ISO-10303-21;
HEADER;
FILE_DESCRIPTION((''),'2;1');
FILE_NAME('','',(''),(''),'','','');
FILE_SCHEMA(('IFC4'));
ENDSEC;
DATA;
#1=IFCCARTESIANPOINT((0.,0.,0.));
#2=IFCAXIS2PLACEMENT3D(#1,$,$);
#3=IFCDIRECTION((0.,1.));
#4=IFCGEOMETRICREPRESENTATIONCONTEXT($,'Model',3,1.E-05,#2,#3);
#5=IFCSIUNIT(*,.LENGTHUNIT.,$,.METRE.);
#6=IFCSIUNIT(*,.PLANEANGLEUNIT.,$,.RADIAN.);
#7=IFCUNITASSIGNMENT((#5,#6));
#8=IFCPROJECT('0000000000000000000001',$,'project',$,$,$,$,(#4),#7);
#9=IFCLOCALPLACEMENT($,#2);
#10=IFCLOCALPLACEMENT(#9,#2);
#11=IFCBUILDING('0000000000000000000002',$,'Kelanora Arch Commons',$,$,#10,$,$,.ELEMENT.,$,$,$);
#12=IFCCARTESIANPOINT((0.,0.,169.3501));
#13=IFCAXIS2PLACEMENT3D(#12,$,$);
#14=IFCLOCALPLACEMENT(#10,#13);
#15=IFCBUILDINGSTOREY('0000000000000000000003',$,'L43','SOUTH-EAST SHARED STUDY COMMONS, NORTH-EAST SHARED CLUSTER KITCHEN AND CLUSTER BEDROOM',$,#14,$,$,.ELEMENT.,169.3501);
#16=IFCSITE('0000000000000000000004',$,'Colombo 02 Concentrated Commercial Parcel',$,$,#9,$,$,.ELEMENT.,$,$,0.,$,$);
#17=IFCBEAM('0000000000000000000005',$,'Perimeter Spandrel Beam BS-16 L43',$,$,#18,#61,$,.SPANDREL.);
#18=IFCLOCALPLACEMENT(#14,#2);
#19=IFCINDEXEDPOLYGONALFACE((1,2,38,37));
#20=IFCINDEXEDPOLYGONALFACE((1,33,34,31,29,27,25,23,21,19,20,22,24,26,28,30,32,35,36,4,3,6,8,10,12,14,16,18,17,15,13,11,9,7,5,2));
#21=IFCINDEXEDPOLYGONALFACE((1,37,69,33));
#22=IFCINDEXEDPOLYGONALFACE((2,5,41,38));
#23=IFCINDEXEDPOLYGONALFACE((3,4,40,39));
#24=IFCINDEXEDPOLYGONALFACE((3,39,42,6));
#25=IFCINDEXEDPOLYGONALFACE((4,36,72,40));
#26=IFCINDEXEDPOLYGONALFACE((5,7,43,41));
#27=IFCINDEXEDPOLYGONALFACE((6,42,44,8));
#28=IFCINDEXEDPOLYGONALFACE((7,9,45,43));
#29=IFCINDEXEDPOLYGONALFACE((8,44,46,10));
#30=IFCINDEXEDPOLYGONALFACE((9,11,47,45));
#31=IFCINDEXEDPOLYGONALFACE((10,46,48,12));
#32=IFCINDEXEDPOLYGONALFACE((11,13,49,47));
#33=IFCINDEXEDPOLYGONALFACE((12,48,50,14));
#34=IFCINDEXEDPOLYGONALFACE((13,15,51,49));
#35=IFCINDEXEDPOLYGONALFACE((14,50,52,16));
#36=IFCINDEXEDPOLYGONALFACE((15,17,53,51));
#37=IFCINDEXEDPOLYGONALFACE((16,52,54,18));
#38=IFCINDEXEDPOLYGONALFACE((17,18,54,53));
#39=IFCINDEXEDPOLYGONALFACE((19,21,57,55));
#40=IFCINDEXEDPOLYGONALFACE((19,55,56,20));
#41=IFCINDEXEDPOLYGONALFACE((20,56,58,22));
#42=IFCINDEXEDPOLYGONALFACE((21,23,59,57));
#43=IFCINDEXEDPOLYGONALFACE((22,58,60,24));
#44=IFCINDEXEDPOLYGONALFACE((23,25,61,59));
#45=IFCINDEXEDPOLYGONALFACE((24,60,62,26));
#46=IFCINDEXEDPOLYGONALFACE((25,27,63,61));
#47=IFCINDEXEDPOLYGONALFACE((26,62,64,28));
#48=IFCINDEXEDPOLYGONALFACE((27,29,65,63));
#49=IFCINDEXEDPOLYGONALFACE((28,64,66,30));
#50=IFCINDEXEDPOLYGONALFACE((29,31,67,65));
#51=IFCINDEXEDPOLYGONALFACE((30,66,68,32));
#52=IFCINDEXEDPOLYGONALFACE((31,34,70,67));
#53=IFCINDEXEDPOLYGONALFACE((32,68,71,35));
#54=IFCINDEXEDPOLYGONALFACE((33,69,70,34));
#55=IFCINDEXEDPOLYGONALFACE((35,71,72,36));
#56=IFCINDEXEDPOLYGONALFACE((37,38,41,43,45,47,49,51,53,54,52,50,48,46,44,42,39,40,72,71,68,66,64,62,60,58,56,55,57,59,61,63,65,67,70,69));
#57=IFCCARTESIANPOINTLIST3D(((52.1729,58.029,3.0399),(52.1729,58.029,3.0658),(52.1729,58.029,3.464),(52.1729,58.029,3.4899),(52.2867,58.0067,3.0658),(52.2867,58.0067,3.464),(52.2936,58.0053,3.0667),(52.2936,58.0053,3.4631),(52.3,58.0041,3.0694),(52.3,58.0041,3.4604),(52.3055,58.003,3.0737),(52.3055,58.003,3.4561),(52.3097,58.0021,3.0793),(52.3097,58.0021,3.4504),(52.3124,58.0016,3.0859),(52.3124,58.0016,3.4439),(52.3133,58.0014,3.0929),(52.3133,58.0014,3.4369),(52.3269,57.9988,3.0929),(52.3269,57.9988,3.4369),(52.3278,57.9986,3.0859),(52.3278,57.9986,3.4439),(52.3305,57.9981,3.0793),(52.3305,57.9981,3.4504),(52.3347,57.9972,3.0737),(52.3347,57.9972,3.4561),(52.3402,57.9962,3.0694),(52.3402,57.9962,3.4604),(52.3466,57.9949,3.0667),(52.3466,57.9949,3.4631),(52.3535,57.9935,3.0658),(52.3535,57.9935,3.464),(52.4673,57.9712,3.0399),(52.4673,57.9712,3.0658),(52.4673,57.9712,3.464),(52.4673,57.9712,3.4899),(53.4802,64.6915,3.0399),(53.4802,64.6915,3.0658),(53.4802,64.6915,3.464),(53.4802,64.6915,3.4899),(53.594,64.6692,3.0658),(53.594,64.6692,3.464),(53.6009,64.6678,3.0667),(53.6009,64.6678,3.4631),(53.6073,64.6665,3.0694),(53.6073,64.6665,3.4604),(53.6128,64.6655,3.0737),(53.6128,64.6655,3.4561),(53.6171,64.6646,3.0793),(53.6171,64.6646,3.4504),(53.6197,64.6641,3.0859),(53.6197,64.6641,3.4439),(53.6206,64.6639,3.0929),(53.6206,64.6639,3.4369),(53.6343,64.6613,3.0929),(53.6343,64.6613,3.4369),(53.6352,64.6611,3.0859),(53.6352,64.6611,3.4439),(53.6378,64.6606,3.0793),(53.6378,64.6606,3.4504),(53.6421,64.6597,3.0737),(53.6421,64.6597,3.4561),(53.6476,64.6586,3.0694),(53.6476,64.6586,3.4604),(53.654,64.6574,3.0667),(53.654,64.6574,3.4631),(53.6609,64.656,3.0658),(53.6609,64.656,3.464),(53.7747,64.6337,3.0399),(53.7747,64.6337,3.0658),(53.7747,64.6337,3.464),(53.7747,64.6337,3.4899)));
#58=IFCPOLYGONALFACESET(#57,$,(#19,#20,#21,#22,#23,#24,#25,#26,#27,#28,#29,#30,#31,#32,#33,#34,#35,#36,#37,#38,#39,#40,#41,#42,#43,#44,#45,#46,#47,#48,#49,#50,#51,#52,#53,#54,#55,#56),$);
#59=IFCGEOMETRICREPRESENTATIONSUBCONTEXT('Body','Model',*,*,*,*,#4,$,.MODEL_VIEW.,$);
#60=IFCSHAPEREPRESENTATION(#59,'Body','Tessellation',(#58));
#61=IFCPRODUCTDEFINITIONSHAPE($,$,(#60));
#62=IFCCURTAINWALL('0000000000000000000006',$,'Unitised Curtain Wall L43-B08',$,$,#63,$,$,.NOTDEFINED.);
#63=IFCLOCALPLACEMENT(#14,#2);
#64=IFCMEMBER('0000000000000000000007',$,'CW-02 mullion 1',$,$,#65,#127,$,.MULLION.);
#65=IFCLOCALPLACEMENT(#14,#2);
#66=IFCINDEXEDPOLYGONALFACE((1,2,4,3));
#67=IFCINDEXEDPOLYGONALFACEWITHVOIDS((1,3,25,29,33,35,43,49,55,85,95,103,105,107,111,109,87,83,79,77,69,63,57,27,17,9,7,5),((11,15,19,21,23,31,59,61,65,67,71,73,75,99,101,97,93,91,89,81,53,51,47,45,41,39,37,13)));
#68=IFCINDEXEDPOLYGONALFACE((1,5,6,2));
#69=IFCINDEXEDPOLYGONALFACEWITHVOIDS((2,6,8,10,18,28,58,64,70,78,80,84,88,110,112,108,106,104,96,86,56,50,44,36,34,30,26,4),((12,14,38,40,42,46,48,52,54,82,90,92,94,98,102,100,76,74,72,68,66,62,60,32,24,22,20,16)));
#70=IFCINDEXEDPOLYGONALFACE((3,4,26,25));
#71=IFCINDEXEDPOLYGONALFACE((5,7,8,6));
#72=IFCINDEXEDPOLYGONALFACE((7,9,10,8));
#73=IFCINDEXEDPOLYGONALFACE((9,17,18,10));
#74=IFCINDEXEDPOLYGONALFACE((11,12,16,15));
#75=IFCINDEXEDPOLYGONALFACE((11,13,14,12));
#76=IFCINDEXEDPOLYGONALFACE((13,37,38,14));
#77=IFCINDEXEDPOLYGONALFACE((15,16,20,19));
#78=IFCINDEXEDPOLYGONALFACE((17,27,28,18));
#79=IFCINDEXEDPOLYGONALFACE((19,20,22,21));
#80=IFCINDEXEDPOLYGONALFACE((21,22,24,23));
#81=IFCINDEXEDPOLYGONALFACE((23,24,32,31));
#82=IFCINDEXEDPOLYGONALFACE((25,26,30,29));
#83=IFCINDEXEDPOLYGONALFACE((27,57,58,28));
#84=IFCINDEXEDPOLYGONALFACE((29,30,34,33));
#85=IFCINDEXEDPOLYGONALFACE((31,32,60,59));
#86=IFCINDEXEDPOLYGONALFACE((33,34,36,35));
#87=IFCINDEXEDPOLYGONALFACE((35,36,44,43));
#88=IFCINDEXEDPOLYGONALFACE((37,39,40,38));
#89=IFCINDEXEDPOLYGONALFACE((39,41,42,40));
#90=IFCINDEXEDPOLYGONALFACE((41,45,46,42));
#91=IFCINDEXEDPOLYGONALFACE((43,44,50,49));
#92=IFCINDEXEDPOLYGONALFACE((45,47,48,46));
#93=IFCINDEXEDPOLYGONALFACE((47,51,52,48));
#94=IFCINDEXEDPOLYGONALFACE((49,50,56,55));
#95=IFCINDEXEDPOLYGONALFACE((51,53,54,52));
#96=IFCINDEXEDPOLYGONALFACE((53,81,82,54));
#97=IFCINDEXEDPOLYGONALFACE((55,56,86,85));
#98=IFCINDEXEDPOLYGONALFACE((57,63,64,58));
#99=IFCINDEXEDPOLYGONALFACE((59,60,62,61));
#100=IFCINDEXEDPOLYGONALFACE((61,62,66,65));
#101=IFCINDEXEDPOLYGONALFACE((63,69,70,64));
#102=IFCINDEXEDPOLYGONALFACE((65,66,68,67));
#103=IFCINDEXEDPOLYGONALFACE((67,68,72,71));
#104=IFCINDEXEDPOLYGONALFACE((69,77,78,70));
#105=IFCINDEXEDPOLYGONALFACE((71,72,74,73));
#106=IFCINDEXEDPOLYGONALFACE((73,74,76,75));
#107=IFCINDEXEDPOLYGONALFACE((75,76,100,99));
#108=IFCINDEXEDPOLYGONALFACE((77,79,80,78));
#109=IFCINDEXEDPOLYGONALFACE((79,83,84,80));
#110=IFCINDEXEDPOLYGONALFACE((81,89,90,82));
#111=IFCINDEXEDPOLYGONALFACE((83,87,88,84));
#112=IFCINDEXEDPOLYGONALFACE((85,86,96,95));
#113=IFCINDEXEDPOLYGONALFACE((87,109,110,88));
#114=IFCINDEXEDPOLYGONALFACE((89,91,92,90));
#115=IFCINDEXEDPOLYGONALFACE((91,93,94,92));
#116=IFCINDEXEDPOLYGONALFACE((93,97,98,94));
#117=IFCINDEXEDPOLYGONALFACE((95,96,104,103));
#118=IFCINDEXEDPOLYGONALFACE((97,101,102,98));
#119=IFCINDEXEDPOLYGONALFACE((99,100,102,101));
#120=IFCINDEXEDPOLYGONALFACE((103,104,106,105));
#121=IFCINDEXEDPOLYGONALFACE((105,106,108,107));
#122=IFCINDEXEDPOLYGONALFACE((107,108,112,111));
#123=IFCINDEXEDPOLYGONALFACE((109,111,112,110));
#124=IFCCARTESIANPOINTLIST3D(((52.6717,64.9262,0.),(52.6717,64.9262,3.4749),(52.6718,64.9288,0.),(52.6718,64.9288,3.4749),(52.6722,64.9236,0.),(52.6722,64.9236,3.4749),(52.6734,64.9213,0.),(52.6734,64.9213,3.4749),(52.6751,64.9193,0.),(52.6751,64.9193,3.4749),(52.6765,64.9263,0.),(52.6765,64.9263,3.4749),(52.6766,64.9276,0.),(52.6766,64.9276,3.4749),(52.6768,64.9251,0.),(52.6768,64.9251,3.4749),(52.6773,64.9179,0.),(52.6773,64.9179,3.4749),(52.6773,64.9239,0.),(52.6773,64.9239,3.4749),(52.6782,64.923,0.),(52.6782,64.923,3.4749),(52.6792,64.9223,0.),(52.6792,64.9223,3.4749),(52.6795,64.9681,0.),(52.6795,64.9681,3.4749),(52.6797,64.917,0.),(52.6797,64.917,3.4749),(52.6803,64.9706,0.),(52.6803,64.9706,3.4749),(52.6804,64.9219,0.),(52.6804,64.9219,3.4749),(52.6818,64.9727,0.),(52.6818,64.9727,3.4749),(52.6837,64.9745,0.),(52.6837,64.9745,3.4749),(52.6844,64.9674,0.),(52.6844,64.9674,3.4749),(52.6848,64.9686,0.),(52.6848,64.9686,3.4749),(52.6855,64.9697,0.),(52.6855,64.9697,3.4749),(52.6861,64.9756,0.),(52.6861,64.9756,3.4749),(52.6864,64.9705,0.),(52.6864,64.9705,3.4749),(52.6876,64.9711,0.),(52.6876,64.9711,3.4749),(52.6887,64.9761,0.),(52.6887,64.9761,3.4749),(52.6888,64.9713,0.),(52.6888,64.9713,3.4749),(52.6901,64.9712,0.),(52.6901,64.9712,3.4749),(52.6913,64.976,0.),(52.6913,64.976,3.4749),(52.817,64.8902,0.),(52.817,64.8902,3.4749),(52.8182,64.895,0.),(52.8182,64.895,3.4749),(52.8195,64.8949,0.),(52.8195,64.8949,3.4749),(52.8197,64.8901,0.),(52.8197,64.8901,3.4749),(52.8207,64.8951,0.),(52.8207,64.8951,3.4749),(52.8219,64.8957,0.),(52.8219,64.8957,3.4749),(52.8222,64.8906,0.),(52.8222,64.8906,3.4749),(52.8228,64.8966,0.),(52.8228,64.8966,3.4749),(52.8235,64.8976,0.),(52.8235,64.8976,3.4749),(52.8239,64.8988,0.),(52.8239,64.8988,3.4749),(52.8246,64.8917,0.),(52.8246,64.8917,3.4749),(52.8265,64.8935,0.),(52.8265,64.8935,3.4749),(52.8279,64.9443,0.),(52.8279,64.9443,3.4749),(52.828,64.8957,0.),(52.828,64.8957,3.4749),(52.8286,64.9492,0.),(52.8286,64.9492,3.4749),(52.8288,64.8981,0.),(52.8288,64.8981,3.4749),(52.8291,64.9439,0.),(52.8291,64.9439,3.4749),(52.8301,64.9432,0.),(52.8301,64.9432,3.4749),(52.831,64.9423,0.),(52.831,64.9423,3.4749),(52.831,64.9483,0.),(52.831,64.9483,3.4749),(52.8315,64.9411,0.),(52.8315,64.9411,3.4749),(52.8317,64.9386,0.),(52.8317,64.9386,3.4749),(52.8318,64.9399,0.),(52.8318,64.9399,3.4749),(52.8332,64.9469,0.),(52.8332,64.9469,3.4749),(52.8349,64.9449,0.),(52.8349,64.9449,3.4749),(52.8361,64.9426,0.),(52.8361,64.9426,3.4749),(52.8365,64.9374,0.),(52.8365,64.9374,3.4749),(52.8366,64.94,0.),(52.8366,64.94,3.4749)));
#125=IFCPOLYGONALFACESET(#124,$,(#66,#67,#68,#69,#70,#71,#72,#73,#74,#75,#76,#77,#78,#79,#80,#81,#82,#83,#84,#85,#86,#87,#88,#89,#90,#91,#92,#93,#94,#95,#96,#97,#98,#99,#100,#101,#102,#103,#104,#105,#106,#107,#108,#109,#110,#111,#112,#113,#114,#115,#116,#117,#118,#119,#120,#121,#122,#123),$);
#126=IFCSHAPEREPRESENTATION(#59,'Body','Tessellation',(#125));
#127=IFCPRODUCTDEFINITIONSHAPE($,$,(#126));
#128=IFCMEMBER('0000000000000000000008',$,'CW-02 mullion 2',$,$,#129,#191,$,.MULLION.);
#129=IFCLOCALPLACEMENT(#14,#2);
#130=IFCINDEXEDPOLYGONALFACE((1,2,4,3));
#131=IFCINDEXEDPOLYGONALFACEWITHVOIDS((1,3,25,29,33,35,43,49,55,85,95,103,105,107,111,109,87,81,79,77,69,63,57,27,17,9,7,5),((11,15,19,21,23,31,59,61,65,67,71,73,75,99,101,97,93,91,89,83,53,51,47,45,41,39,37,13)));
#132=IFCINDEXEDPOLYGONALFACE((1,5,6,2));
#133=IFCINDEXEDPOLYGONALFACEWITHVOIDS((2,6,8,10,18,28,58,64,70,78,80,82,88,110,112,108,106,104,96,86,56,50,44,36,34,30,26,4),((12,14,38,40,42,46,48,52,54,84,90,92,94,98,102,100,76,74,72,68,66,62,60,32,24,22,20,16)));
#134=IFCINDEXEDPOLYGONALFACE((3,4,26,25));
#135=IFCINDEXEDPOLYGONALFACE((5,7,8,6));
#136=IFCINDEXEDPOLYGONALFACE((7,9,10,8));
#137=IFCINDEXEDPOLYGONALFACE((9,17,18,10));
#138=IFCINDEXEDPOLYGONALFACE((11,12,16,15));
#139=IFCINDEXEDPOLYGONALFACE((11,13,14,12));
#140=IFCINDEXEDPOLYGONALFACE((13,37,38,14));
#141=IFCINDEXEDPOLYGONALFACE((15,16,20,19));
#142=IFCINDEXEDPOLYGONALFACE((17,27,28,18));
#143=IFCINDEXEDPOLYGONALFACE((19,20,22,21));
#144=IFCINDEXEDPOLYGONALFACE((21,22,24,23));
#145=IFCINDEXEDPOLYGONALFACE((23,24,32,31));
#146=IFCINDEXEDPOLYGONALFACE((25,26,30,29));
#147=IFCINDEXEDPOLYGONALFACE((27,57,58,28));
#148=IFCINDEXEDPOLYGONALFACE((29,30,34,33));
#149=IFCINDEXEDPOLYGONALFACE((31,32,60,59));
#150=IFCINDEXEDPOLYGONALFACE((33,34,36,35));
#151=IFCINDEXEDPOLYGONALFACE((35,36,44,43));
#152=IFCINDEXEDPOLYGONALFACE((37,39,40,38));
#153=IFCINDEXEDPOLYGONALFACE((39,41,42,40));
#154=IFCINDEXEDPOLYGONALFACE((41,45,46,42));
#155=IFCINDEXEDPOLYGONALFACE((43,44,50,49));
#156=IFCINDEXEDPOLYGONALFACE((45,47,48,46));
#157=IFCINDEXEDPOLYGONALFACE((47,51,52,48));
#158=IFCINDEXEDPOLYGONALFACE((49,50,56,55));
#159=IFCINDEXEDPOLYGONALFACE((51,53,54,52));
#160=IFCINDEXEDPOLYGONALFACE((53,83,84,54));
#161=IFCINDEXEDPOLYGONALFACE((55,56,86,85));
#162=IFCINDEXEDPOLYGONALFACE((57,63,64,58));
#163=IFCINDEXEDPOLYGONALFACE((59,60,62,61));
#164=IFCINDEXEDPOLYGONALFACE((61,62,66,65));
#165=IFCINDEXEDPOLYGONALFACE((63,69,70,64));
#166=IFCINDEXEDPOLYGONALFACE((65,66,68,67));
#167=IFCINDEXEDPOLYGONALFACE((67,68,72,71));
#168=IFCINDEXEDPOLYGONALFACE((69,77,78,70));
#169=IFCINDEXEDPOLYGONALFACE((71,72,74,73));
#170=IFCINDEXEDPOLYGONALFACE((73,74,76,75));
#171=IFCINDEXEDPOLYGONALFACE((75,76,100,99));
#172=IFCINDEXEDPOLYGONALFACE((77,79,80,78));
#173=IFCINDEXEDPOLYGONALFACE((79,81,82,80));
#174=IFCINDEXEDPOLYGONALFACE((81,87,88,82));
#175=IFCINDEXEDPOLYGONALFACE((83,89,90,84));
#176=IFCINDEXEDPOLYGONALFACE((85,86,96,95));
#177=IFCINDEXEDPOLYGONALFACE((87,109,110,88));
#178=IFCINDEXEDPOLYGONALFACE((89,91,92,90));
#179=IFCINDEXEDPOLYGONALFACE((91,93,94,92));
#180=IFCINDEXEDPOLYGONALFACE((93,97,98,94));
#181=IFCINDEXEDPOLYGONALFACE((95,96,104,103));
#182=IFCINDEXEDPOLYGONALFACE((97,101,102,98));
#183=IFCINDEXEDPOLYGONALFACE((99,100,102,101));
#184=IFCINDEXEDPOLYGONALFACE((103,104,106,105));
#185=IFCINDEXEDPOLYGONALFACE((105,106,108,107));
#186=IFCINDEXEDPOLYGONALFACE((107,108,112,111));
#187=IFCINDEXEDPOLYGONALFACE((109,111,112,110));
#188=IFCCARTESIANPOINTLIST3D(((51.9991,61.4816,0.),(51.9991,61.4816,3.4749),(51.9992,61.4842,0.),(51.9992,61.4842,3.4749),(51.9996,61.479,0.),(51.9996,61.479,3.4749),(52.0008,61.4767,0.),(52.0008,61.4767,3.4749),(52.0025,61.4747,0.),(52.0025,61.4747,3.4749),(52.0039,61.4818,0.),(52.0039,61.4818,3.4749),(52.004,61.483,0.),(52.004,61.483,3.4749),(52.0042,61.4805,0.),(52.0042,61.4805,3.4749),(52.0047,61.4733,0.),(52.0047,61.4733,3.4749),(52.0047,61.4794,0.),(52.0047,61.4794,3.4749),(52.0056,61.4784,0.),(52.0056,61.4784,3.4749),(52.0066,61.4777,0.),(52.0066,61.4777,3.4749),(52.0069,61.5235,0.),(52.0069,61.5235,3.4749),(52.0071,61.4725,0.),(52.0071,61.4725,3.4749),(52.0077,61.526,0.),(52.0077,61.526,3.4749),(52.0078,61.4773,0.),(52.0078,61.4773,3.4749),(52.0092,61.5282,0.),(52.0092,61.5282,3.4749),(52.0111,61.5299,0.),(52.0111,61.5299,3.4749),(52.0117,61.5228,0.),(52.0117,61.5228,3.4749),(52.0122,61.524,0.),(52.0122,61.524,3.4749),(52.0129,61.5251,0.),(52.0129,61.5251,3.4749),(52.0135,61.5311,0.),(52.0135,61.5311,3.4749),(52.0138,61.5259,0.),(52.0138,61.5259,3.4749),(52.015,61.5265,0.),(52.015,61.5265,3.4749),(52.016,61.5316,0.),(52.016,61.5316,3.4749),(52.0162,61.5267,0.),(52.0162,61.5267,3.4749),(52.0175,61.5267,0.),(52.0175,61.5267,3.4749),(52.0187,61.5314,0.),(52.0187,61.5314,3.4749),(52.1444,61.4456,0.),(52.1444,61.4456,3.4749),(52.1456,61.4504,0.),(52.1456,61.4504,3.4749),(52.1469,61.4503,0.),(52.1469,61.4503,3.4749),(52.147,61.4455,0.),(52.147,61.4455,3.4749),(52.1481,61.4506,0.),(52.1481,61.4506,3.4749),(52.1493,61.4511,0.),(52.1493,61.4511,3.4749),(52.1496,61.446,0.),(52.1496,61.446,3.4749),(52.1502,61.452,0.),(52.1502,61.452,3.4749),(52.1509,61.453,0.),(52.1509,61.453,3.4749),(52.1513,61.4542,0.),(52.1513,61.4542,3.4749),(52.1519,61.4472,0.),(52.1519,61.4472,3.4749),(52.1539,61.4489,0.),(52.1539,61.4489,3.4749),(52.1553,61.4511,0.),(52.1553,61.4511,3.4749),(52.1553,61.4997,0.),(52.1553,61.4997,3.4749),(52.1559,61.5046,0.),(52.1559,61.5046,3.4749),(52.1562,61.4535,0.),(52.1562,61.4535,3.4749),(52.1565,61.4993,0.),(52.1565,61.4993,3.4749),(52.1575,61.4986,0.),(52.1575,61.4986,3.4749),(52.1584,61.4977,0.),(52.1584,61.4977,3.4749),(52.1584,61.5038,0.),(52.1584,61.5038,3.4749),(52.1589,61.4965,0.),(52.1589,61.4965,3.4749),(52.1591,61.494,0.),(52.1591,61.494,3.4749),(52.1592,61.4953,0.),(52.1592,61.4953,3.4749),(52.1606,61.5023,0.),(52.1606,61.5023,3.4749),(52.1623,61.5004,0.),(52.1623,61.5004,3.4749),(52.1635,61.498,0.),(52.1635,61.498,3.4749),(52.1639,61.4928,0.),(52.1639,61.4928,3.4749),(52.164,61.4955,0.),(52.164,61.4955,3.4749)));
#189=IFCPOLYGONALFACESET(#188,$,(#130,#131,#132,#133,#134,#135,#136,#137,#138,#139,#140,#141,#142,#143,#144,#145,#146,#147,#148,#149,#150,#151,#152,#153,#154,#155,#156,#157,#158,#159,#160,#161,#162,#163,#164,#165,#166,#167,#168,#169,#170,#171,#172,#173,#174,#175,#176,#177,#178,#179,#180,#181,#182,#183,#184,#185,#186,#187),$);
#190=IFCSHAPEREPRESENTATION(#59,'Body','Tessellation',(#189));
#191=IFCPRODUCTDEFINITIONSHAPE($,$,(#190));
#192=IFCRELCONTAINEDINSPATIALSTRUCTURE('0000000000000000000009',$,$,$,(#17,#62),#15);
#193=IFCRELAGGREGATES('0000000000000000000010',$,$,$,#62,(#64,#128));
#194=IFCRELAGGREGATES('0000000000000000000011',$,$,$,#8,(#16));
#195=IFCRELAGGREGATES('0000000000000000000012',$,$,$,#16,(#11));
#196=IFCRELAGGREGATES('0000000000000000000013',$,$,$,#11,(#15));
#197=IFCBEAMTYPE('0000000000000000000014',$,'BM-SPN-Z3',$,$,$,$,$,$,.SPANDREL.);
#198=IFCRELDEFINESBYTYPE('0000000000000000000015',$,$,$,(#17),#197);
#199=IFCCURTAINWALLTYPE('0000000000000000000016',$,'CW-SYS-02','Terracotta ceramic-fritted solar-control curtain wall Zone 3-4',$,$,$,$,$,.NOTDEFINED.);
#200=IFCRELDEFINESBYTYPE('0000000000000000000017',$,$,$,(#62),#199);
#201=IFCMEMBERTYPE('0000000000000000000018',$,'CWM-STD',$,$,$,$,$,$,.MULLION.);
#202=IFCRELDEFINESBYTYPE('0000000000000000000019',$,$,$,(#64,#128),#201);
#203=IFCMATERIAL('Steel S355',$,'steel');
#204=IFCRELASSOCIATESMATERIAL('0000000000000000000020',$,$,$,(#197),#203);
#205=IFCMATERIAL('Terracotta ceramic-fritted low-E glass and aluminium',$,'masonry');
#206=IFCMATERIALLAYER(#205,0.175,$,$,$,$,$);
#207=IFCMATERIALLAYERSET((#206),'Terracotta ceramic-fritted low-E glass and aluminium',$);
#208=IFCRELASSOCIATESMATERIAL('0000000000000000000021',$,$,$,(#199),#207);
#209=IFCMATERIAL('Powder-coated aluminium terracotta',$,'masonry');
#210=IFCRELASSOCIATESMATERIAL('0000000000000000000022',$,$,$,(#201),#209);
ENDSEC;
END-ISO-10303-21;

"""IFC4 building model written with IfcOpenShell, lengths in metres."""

from ifc_helpers import new_model, si_unit, direction, frame, origin, origin_2d, place, context, subcontext, project, spatial, hollow_rectangle, i_section, extrude, material, layer, layer_set, material_profile, profile_set, type_object, element, aggregate, save


model = new_model("IFC4")

# Units and contexts
model_context = context("Model", 3, precision=1e-05, world=origin(), true_north=direction((0.0, 1.0)))
body_context = subcontext(model_context, "Body", "Model", "MODEL_VIEW")
ifc_project = project(units=[si_unit("LENGTHUNIT", "METRE"), si_unit("PLANEANGLEUNIT", "RADIAN")], contexts=[model_context])

# Site, building, storey
site_placement = place(None, origin())
site = spatial("IfcSite", under=ifc_project, at=site_placement, Name="Colombo 02 Concentrated Commercial Parcel", CompositionType="ELEMENT", RefElevation=0.0)
building_placement = place(site_placement, origin())
building = spatial("IfcBuilding", under=site, at=building_placement, Name="Kelanora Arch Commons", CompositionType="ELEMENT")
storey_placement = place(building_placement, frame((0.0, 0.0, 169.3501)))
storey = spatial("IfcBuildingStorey", under=building, at=storey_placement, Name="L43", Description="SOUTH-EAST SHARED STUDY COMMONS, NORTH-EAST SHARED CLUSTER KITCHEN AND CLUSTER BEDROOM", CompositionType="ELEMENT", Elevation=169.3501)

# Beam
ifc_material_1 = material(Name="Steel S355", Category="steel")
ifc_material_profile_1 = material_profile(ifc_material_1, i_section(OverallWidth=0.3, OverallDepth=0.45, WebThickness=0.0139, FlangeThickness=0.0259, FilletRadius=0.0271, at=origin_2d()), Name="HEB450")
ifc_profile_set_1 = profile_set([ifc_material_profile_1], Name="Steel S355")
beam_type_1 = type_object("IfcBeamType", Name="BM-SPN-Z3", PredefinedType="SPANDREL", material=ifc_profile_set_1)
beam_1_placement = place(storey_placement, frame((53.6274, 64.6626, 3.2649), z_axis=(-0.192554, -0.981286, 0.0), x_axis=(0.981286, -0.192554, 0.0)))
element("IfcBeam", 1, at=beam_1_placement, inside=storey, type_object=beam_type_1, Name="Perimeter Spandrel Beam BS-16 L43", PredefinedType="SPANDREL", context=body_context, shape_type="SweptSolid", body=[
    extrude(i_section(OverallWidth=0.3, OverallDepth=0.45, WebThickness=0.0139, FlangeThickness=0.0259, FilletRadius=0.0271, at=origin_2d()), origin(), (0.0, 0.0, 1.0), 6.7896),
])

# Curtain wall, members
ifc_material_2 = material(Name="Terracotta ceramic-fritted low-E glass and aluminium", Category="masonry")
ifc_layer_1 = layer(ifc_material_2, 0.175)
ifc_layer_set_1 = layer_set([ifc_layer_1], Name="Terracotta ceramic-fritted low-E glass and aluminium")
curtain_wall_type = type_object("IfcCurtainWallType", Name="CW-SYS-02", Description="Terracotta ceramic-fritted solar-control curtain wall Zone 3-4", PredefinedType="NOTDEFINED", material=ifc_layer_set_1)
curtain_wall_placement = place(storey_placement, origin())
curtain_wall = element("IfcCurtainWall", 2, at=curtain_wall_placement, inside=storey, type_object=curtain_wall_type, Name="Unitised Curtain Wall L43-B08", PredefinedType="NOTDEFINED")
ifc_material_3 = material(Name="Powder-coated aluminium terracotta", Category="masonry")
ifc_material_profile_2 = material_profile(ifc_material_3, hollow_rectangle(XDim=0.1599, YDim=0.0601, WallThickness=0.0049, InnerFilletRadius=0.0049, OuterFilletRadius=0.01, at=origin_2d()), Name="CWM160x60")
ifc_profile_set_2 = profile_set([ifc_material_profile_2], Name="Powder-coated aluminium terracotta")
member_type_1 = type_object("IfcMemberType", Name="CWM-STD", PredefinedType="MULLION", material=ifc_profile_set_2)
member_1_placement = place(storey_placement, frame((52.7542, 64.9331, 0.0), z_axis=(0.0, 0.0, 1.0), x_axis=(0.981453, -0.191705, 0.0)))
member_1 = element("IfcMember", 3, at=member_1_placement, type_object=member_type_1, Name="CW-02 mullion 1", PredefinedType="MULLION", context=body_context, shape_type="SweptSolid", body=[
    extrude(hollow_rectangle(XDim=0.1599, YDim=0.0601, WallThickness=0.0049, InnerFilletRadius=0.0049, OuterFilletRadius=0.01, at=origin_2d()), origin(), (0.0, 0.0, 1.0), 3.4749),
])
member_2_placement = place(storey_placement, frame((52.0815, 61.4885, 0.0), z_axis=(0.0, 0.0, 1.0), x_axis=(0.981453, -0.191705, 0.0)))
member_2 = element("IfcMember", 4, at=member_2_placement, type_object=member_type_1, Name="CW-02 mullion 2", PredefinedType="MULLION", context=body_context, shape_type="SweptSolid", body=[
    extrude(hollow_rectangle(XDim=0.1599, YDim=0.0601, WallThickness=0.0049, InnerFilletRadius=0.0049, OuterFilletRadius=0.01, at=origin_2d()), origin(), (0.0, 0.0, 1.0), 3.4749),
])
aggregate(curtain_wall, [member_1, member_2])

save(model, "model.ifc")
